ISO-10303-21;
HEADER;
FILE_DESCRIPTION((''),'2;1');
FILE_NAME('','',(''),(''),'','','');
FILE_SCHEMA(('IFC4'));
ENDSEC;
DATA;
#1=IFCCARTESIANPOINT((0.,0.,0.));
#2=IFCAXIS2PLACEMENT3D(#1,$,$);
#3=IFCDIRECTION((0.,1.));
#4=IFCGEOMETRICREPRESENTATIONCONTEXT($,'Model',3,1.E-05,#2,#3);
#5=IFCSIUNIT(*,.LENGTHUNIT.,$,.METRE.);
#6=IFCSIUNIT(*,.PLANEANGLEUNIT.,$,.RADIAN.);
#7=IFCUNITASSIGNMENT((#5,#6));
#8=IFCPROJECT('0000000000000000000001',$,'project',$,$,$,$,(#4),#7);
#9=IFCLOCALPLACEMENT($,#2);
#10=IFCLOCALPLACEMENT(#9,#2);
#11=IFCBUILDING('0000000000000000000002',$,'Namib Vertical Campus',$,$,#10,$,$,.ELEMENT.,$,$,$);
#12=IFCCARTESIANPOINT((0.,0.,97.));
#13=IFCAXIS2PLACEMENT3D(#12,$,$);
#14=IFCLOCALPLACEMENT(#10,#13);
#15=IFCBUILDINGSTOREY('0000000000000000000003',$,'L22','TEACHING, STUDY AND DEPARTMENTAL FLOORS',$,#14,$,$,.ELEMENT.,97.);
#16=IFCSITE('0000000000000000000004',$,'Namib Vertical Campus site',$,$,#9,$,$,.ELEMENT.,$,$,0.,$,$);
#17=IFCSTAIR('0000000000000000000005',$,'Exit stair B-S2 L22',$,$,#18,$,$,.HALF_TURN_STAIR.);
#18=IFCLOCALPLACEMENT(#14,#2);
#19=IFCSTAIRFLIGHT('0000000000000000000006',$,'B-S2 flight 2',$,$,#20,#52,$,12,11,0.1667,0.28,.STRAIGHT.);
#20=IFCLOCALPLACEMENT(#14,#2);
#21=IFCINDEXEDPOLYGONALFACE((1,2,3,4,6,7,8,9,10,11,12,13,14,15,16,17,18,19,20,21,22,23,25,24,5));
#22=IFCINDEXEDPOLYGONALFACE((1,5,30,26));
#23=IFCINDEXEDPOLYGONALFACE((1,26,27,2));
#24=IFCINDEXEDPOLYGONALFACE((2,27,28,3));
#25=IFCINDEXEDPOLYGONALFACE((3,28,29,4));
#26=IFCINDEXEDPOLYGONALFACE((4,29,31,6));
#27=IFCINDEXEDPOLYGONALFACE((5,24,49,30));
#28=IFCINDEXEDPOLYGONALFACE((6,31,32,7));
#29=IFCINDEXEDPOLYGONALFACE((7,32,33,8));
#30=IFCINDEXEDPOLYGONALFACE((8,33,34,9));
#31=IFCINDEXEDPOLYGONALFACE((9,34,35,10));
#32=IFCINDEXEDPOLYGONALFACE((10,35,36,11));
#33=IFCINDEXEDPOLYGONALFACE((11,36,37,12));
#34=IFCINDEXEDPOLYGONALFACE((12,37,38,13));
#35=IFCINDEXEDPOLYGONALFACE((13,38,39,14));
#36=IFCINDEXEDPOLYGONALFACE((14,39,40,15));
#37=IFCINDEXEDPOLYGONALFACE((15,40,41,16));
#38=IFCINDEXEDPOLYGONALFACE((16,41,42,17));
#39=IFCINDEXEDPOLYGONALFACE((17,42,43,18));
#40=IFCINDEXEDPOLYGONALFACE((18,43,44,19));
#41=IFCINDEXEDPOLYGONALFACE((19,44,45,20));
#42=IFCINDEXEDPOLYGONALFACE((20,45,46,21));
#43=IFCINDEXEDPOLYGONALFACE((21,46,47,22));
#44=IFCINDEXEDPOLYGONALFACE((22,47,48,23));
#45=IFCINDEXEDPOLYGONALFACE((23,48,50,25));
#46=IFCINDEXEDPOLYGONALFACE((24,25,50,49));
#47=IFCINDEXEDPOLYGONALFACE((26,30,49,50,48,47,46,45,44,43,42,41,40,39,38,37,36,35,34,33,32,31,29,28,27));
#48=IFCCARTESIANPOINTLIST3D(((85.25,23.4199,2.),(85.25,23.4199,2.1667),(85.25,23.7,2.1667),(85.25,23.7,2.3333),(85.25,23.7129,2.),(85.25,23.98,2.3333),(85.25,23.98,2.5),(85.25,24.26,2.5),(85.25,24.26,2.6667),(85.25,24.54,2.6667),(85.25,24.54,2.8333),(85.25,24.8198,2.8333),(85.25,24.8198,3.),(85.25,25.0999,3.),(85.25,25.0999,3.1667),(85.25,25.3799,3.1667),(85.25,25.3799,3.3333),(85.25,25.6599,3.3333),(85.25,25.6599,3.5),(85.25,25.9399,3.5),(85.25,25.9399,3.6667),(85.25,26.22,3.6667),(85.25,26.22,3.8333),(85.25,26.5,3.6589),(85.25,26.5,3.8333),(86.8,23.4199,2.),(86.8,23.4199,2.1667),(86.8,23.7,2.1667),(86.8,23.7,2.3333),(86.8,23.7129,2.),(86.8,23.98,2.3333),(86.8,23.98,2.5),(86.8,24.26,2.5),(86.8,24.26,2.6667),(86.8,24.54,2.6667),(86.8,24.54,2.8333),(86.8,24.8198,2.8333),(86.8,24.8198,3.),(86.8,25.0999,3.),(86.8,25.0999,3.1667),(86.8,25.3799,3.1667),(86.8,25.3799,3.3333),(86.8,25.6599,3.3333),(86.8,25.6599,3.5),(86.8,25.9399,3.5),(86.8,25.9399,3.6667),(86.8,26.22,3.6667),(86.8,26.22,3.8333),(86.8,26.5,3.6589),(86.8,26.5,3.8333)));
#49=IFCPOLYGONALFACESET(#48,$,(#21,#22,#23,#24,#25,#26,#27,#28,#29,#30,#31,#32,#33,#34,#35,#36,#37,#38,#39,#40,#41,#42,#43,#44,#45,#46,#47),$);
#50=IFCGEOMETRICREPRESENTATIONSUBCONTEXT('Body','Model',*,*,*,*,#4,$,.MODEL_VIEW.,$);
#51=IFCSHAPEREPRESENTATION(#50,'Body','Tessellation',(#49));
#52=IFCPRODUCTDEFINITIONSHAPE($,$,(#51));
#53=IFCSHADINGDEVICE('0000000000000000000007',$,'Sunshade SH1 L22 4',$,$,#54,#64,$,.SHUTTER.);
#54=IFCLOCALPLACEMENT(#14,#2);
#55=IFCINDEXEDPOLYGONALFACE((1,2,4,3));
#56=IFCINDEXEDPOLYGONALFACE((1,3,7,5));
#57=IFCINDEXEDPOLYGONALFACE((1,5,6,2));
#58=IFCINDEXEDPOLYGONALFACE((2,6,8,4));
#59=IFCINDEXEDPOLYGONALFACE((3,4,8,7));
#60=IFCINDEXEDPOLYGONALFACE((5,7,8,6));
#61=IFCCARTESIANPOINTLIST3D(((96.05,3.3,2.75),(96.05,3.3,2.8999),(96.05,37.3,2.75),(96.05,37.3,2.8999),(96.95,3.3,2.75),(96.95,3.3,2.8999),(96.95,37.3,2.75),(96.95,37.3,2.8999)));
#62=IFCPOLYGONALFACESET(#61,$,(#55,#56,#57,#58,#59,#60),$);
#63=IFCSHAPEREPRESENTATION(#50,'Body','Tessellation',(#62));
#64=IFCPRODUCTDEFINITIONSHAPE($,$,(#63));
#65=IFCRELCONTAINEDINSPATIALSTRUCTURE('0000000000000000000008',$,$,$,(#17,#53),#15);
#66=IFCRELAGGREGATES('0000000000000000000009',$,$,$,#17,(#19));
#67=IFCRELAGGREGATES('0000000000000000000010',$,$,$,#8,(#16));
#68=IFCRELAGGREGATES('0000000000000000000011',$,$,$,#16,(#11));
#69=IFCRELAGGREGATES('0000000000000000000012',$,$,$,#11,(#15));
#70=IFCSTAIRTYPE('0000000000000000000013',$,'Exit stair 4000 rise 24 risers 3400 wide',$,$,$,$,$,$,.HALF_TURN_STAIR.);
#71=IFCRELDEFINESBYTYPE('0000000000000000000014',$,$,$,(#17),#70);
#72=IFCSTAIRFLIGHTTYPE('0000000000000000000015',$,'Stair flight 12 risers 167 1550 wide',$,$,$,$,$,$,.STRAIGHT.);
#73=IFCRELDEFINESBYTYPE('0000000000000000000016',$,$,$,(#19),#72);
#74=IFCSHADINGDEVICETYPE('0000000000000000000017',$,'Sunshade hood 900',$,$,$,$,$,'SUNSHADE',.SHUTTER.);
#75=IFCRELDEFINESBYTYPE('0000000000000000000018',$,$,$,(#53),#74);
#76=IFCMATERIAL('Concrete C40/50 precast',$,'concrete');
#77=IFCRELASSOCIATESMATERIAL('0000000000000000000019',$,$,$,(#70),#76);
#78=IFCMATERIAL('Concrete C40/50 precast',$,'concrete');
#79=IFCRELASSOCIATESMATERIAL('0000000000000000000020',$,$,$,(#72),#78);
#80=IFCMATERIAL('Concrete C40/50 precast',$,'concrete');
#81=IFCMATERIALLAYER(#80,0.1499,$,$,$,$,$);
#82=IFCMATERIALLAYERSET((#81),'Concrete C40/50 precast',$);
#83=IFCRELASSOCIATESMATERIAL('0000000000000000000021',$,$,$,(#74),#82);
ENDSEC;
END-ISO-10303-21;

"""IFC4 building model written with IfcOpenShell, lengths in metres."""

from ifc_helpers import new_model, si_unit, direction, frame, origin, origin_2d, place, context, subcontext, project, spatial, polyline, rectangle, outline, extrude, material, layer, layer_set, type_object, element, aggregate, save


model = new_model("IFC4")

# Units and contexts
model_context = context("Model", 3, precision=1e-05, world=origin(), true_north=direction((0.0, 1.0)))
body_context = subcontext(model_context, "Body", "Model", "MODEL_VIEW")
ifc_project = project(units=[si_unit("LENGTHUNIT", "METRE"), si_unit("PLANEANGLEUNIT", "RADIAN")], contexts=[model_context])

# Site, building, storey
site_placement = place(None, origin())
site = spatial("IfcSite", under=ifc_project, at=site_placement, Name="Namib Vertical Campus site", CompositionType="ELEMENT", RefElevation=0.0)
building_placement = place(site_placement, origin())
building = spatial("IfcBuilding", under=site, at=building_placement, Name="Namib Vertical Campus", CompositionType="ELEMENT")
storey_placement = place(building_placement, frame((0.0, 0.0, 97.0)))
storey = spatial("IfcBuildingStorey", under=building, at=storey_placement, Name="L22", Description="TEACHING, STUDY AND DEPARTMENTAL FLOORS", CompositionType="ELEMENT", Elevation=97.0)

# Stair, stair flight
ifc_material_1 = material(Name="Concrete C40/50 precast", Category="concrete")
stair_type = type_object("IfcStairType", Name="Exit stair 4000 rise 24 risers 3400 wide", PredefinedType="HALF_TURN_STAIR", material=ifc_material_1)
ifc_material_2 = material(Name="Concrete C40/50 precast", Category="concrete")
stair_flight_type = type_object("IfcStairFlightType", Name="Stair flight 12 risers 167 1550 wide", PredefinedType="STRAIGHT", material=ifc_material_2)
stair_1_placement = place(storey_placement, origin())
stair_1 = element("IfcStair", 1, at=stair_1_placement, inside=storey, type_object=stair_type, Name="Exit stair B-S2 L22", PredefinedType="HALF_TURN_STAIR")
stair_flight_1_placement = place(storey_placement, frame((86.0249, 23.4199, 2.0), z_axis=(0.0, 0.0, 1.0), x_axis=(0.0, 1.0, 0.0)))
stair_flight_1 = element("IfcStairFlight", 2, at=stair_flight_1_placement, type_object=stair_flight_type, Name="B-S2 flight 2", NumberOfRisers=12, NumberOfTreads=11, PredefinedType="STRAIGHT", RiserHeight=0.1667, TreadLength=0.28, context=body_context, shape_type="SweptSolid", body=[
    extrude(outline(polyline([(0.0, 0.0), (0.0, 0.1667), (0.28, 0.1667), (0.28, 0.3333), (0.5601, 0.3333), (0.5601, 0.5), (0.8401, 0.5), (0.8401, 0.6667), (1.1201, 0.6667), (1.1201, 0.8333), (1.3999, 0.8333), (1.3999, 1.0), (1.6799, 1.0), (1.6799, 1.1667), (1.96, 1.1667), (1.96, 1.3333), (2.24, 1.3333), (2.24, 1.5), (2.52, 1.5), (2.52, 1.6667), (2.8, 1.6667), (2.8, 1.8333), (3.0801, 1.8333), (3.0801, 2.0), (3.0801, 1.6589), (0.293, 0.0), (0.0, 0.0)])), frame((0.0, 0.7749, 0.0), z_axis=(0.0, -1.0, 0.0), x_axis=(1.0, 0.0, 0.0)), (0.0, 0.0, 1.0), 1.55),
])
aggregate(stair_1, [stair_flight_1])

# Shading device
ifc_material_3 = material(Name="Concrete C40/50 precast", Category="concrete")
ifc_layer_1 = layer(ifc_material_3, 0.1499)
ifc_layer_set_1 = layer_set([ifc_layer_1], Name="Concrete C40/50 precast")
shading_device_type = type_object("IfcShadingDeviceType", Name="Sunshade hood 900", ElementType="SUNSHADE", PredefinedType="SHUTTER", material=ifc_layer_set_1)
shading_device_placement = place(storey_placement, frame((96.5, 20.3, 2.75), z_axis=(0.0, 0.0, 1.0), x_axis=(0.0, 1.0, 0.0)))
element("IfcShadingDevice", 3, at=shading_device_placement, inside=storey, type_object=shading_device_type, Name="Sunshade SH1 L22 4", PredefinedType="SHUTTER", context=body_context, shape_type="SweptSolid", body=[
    extrude(rectangle(XDim=34.0, YDim=0.8999, at=origin_2d()), origin(), (0.0, 0.0, 1.0), 0.1499),
])

save(model, "model.ifc")
